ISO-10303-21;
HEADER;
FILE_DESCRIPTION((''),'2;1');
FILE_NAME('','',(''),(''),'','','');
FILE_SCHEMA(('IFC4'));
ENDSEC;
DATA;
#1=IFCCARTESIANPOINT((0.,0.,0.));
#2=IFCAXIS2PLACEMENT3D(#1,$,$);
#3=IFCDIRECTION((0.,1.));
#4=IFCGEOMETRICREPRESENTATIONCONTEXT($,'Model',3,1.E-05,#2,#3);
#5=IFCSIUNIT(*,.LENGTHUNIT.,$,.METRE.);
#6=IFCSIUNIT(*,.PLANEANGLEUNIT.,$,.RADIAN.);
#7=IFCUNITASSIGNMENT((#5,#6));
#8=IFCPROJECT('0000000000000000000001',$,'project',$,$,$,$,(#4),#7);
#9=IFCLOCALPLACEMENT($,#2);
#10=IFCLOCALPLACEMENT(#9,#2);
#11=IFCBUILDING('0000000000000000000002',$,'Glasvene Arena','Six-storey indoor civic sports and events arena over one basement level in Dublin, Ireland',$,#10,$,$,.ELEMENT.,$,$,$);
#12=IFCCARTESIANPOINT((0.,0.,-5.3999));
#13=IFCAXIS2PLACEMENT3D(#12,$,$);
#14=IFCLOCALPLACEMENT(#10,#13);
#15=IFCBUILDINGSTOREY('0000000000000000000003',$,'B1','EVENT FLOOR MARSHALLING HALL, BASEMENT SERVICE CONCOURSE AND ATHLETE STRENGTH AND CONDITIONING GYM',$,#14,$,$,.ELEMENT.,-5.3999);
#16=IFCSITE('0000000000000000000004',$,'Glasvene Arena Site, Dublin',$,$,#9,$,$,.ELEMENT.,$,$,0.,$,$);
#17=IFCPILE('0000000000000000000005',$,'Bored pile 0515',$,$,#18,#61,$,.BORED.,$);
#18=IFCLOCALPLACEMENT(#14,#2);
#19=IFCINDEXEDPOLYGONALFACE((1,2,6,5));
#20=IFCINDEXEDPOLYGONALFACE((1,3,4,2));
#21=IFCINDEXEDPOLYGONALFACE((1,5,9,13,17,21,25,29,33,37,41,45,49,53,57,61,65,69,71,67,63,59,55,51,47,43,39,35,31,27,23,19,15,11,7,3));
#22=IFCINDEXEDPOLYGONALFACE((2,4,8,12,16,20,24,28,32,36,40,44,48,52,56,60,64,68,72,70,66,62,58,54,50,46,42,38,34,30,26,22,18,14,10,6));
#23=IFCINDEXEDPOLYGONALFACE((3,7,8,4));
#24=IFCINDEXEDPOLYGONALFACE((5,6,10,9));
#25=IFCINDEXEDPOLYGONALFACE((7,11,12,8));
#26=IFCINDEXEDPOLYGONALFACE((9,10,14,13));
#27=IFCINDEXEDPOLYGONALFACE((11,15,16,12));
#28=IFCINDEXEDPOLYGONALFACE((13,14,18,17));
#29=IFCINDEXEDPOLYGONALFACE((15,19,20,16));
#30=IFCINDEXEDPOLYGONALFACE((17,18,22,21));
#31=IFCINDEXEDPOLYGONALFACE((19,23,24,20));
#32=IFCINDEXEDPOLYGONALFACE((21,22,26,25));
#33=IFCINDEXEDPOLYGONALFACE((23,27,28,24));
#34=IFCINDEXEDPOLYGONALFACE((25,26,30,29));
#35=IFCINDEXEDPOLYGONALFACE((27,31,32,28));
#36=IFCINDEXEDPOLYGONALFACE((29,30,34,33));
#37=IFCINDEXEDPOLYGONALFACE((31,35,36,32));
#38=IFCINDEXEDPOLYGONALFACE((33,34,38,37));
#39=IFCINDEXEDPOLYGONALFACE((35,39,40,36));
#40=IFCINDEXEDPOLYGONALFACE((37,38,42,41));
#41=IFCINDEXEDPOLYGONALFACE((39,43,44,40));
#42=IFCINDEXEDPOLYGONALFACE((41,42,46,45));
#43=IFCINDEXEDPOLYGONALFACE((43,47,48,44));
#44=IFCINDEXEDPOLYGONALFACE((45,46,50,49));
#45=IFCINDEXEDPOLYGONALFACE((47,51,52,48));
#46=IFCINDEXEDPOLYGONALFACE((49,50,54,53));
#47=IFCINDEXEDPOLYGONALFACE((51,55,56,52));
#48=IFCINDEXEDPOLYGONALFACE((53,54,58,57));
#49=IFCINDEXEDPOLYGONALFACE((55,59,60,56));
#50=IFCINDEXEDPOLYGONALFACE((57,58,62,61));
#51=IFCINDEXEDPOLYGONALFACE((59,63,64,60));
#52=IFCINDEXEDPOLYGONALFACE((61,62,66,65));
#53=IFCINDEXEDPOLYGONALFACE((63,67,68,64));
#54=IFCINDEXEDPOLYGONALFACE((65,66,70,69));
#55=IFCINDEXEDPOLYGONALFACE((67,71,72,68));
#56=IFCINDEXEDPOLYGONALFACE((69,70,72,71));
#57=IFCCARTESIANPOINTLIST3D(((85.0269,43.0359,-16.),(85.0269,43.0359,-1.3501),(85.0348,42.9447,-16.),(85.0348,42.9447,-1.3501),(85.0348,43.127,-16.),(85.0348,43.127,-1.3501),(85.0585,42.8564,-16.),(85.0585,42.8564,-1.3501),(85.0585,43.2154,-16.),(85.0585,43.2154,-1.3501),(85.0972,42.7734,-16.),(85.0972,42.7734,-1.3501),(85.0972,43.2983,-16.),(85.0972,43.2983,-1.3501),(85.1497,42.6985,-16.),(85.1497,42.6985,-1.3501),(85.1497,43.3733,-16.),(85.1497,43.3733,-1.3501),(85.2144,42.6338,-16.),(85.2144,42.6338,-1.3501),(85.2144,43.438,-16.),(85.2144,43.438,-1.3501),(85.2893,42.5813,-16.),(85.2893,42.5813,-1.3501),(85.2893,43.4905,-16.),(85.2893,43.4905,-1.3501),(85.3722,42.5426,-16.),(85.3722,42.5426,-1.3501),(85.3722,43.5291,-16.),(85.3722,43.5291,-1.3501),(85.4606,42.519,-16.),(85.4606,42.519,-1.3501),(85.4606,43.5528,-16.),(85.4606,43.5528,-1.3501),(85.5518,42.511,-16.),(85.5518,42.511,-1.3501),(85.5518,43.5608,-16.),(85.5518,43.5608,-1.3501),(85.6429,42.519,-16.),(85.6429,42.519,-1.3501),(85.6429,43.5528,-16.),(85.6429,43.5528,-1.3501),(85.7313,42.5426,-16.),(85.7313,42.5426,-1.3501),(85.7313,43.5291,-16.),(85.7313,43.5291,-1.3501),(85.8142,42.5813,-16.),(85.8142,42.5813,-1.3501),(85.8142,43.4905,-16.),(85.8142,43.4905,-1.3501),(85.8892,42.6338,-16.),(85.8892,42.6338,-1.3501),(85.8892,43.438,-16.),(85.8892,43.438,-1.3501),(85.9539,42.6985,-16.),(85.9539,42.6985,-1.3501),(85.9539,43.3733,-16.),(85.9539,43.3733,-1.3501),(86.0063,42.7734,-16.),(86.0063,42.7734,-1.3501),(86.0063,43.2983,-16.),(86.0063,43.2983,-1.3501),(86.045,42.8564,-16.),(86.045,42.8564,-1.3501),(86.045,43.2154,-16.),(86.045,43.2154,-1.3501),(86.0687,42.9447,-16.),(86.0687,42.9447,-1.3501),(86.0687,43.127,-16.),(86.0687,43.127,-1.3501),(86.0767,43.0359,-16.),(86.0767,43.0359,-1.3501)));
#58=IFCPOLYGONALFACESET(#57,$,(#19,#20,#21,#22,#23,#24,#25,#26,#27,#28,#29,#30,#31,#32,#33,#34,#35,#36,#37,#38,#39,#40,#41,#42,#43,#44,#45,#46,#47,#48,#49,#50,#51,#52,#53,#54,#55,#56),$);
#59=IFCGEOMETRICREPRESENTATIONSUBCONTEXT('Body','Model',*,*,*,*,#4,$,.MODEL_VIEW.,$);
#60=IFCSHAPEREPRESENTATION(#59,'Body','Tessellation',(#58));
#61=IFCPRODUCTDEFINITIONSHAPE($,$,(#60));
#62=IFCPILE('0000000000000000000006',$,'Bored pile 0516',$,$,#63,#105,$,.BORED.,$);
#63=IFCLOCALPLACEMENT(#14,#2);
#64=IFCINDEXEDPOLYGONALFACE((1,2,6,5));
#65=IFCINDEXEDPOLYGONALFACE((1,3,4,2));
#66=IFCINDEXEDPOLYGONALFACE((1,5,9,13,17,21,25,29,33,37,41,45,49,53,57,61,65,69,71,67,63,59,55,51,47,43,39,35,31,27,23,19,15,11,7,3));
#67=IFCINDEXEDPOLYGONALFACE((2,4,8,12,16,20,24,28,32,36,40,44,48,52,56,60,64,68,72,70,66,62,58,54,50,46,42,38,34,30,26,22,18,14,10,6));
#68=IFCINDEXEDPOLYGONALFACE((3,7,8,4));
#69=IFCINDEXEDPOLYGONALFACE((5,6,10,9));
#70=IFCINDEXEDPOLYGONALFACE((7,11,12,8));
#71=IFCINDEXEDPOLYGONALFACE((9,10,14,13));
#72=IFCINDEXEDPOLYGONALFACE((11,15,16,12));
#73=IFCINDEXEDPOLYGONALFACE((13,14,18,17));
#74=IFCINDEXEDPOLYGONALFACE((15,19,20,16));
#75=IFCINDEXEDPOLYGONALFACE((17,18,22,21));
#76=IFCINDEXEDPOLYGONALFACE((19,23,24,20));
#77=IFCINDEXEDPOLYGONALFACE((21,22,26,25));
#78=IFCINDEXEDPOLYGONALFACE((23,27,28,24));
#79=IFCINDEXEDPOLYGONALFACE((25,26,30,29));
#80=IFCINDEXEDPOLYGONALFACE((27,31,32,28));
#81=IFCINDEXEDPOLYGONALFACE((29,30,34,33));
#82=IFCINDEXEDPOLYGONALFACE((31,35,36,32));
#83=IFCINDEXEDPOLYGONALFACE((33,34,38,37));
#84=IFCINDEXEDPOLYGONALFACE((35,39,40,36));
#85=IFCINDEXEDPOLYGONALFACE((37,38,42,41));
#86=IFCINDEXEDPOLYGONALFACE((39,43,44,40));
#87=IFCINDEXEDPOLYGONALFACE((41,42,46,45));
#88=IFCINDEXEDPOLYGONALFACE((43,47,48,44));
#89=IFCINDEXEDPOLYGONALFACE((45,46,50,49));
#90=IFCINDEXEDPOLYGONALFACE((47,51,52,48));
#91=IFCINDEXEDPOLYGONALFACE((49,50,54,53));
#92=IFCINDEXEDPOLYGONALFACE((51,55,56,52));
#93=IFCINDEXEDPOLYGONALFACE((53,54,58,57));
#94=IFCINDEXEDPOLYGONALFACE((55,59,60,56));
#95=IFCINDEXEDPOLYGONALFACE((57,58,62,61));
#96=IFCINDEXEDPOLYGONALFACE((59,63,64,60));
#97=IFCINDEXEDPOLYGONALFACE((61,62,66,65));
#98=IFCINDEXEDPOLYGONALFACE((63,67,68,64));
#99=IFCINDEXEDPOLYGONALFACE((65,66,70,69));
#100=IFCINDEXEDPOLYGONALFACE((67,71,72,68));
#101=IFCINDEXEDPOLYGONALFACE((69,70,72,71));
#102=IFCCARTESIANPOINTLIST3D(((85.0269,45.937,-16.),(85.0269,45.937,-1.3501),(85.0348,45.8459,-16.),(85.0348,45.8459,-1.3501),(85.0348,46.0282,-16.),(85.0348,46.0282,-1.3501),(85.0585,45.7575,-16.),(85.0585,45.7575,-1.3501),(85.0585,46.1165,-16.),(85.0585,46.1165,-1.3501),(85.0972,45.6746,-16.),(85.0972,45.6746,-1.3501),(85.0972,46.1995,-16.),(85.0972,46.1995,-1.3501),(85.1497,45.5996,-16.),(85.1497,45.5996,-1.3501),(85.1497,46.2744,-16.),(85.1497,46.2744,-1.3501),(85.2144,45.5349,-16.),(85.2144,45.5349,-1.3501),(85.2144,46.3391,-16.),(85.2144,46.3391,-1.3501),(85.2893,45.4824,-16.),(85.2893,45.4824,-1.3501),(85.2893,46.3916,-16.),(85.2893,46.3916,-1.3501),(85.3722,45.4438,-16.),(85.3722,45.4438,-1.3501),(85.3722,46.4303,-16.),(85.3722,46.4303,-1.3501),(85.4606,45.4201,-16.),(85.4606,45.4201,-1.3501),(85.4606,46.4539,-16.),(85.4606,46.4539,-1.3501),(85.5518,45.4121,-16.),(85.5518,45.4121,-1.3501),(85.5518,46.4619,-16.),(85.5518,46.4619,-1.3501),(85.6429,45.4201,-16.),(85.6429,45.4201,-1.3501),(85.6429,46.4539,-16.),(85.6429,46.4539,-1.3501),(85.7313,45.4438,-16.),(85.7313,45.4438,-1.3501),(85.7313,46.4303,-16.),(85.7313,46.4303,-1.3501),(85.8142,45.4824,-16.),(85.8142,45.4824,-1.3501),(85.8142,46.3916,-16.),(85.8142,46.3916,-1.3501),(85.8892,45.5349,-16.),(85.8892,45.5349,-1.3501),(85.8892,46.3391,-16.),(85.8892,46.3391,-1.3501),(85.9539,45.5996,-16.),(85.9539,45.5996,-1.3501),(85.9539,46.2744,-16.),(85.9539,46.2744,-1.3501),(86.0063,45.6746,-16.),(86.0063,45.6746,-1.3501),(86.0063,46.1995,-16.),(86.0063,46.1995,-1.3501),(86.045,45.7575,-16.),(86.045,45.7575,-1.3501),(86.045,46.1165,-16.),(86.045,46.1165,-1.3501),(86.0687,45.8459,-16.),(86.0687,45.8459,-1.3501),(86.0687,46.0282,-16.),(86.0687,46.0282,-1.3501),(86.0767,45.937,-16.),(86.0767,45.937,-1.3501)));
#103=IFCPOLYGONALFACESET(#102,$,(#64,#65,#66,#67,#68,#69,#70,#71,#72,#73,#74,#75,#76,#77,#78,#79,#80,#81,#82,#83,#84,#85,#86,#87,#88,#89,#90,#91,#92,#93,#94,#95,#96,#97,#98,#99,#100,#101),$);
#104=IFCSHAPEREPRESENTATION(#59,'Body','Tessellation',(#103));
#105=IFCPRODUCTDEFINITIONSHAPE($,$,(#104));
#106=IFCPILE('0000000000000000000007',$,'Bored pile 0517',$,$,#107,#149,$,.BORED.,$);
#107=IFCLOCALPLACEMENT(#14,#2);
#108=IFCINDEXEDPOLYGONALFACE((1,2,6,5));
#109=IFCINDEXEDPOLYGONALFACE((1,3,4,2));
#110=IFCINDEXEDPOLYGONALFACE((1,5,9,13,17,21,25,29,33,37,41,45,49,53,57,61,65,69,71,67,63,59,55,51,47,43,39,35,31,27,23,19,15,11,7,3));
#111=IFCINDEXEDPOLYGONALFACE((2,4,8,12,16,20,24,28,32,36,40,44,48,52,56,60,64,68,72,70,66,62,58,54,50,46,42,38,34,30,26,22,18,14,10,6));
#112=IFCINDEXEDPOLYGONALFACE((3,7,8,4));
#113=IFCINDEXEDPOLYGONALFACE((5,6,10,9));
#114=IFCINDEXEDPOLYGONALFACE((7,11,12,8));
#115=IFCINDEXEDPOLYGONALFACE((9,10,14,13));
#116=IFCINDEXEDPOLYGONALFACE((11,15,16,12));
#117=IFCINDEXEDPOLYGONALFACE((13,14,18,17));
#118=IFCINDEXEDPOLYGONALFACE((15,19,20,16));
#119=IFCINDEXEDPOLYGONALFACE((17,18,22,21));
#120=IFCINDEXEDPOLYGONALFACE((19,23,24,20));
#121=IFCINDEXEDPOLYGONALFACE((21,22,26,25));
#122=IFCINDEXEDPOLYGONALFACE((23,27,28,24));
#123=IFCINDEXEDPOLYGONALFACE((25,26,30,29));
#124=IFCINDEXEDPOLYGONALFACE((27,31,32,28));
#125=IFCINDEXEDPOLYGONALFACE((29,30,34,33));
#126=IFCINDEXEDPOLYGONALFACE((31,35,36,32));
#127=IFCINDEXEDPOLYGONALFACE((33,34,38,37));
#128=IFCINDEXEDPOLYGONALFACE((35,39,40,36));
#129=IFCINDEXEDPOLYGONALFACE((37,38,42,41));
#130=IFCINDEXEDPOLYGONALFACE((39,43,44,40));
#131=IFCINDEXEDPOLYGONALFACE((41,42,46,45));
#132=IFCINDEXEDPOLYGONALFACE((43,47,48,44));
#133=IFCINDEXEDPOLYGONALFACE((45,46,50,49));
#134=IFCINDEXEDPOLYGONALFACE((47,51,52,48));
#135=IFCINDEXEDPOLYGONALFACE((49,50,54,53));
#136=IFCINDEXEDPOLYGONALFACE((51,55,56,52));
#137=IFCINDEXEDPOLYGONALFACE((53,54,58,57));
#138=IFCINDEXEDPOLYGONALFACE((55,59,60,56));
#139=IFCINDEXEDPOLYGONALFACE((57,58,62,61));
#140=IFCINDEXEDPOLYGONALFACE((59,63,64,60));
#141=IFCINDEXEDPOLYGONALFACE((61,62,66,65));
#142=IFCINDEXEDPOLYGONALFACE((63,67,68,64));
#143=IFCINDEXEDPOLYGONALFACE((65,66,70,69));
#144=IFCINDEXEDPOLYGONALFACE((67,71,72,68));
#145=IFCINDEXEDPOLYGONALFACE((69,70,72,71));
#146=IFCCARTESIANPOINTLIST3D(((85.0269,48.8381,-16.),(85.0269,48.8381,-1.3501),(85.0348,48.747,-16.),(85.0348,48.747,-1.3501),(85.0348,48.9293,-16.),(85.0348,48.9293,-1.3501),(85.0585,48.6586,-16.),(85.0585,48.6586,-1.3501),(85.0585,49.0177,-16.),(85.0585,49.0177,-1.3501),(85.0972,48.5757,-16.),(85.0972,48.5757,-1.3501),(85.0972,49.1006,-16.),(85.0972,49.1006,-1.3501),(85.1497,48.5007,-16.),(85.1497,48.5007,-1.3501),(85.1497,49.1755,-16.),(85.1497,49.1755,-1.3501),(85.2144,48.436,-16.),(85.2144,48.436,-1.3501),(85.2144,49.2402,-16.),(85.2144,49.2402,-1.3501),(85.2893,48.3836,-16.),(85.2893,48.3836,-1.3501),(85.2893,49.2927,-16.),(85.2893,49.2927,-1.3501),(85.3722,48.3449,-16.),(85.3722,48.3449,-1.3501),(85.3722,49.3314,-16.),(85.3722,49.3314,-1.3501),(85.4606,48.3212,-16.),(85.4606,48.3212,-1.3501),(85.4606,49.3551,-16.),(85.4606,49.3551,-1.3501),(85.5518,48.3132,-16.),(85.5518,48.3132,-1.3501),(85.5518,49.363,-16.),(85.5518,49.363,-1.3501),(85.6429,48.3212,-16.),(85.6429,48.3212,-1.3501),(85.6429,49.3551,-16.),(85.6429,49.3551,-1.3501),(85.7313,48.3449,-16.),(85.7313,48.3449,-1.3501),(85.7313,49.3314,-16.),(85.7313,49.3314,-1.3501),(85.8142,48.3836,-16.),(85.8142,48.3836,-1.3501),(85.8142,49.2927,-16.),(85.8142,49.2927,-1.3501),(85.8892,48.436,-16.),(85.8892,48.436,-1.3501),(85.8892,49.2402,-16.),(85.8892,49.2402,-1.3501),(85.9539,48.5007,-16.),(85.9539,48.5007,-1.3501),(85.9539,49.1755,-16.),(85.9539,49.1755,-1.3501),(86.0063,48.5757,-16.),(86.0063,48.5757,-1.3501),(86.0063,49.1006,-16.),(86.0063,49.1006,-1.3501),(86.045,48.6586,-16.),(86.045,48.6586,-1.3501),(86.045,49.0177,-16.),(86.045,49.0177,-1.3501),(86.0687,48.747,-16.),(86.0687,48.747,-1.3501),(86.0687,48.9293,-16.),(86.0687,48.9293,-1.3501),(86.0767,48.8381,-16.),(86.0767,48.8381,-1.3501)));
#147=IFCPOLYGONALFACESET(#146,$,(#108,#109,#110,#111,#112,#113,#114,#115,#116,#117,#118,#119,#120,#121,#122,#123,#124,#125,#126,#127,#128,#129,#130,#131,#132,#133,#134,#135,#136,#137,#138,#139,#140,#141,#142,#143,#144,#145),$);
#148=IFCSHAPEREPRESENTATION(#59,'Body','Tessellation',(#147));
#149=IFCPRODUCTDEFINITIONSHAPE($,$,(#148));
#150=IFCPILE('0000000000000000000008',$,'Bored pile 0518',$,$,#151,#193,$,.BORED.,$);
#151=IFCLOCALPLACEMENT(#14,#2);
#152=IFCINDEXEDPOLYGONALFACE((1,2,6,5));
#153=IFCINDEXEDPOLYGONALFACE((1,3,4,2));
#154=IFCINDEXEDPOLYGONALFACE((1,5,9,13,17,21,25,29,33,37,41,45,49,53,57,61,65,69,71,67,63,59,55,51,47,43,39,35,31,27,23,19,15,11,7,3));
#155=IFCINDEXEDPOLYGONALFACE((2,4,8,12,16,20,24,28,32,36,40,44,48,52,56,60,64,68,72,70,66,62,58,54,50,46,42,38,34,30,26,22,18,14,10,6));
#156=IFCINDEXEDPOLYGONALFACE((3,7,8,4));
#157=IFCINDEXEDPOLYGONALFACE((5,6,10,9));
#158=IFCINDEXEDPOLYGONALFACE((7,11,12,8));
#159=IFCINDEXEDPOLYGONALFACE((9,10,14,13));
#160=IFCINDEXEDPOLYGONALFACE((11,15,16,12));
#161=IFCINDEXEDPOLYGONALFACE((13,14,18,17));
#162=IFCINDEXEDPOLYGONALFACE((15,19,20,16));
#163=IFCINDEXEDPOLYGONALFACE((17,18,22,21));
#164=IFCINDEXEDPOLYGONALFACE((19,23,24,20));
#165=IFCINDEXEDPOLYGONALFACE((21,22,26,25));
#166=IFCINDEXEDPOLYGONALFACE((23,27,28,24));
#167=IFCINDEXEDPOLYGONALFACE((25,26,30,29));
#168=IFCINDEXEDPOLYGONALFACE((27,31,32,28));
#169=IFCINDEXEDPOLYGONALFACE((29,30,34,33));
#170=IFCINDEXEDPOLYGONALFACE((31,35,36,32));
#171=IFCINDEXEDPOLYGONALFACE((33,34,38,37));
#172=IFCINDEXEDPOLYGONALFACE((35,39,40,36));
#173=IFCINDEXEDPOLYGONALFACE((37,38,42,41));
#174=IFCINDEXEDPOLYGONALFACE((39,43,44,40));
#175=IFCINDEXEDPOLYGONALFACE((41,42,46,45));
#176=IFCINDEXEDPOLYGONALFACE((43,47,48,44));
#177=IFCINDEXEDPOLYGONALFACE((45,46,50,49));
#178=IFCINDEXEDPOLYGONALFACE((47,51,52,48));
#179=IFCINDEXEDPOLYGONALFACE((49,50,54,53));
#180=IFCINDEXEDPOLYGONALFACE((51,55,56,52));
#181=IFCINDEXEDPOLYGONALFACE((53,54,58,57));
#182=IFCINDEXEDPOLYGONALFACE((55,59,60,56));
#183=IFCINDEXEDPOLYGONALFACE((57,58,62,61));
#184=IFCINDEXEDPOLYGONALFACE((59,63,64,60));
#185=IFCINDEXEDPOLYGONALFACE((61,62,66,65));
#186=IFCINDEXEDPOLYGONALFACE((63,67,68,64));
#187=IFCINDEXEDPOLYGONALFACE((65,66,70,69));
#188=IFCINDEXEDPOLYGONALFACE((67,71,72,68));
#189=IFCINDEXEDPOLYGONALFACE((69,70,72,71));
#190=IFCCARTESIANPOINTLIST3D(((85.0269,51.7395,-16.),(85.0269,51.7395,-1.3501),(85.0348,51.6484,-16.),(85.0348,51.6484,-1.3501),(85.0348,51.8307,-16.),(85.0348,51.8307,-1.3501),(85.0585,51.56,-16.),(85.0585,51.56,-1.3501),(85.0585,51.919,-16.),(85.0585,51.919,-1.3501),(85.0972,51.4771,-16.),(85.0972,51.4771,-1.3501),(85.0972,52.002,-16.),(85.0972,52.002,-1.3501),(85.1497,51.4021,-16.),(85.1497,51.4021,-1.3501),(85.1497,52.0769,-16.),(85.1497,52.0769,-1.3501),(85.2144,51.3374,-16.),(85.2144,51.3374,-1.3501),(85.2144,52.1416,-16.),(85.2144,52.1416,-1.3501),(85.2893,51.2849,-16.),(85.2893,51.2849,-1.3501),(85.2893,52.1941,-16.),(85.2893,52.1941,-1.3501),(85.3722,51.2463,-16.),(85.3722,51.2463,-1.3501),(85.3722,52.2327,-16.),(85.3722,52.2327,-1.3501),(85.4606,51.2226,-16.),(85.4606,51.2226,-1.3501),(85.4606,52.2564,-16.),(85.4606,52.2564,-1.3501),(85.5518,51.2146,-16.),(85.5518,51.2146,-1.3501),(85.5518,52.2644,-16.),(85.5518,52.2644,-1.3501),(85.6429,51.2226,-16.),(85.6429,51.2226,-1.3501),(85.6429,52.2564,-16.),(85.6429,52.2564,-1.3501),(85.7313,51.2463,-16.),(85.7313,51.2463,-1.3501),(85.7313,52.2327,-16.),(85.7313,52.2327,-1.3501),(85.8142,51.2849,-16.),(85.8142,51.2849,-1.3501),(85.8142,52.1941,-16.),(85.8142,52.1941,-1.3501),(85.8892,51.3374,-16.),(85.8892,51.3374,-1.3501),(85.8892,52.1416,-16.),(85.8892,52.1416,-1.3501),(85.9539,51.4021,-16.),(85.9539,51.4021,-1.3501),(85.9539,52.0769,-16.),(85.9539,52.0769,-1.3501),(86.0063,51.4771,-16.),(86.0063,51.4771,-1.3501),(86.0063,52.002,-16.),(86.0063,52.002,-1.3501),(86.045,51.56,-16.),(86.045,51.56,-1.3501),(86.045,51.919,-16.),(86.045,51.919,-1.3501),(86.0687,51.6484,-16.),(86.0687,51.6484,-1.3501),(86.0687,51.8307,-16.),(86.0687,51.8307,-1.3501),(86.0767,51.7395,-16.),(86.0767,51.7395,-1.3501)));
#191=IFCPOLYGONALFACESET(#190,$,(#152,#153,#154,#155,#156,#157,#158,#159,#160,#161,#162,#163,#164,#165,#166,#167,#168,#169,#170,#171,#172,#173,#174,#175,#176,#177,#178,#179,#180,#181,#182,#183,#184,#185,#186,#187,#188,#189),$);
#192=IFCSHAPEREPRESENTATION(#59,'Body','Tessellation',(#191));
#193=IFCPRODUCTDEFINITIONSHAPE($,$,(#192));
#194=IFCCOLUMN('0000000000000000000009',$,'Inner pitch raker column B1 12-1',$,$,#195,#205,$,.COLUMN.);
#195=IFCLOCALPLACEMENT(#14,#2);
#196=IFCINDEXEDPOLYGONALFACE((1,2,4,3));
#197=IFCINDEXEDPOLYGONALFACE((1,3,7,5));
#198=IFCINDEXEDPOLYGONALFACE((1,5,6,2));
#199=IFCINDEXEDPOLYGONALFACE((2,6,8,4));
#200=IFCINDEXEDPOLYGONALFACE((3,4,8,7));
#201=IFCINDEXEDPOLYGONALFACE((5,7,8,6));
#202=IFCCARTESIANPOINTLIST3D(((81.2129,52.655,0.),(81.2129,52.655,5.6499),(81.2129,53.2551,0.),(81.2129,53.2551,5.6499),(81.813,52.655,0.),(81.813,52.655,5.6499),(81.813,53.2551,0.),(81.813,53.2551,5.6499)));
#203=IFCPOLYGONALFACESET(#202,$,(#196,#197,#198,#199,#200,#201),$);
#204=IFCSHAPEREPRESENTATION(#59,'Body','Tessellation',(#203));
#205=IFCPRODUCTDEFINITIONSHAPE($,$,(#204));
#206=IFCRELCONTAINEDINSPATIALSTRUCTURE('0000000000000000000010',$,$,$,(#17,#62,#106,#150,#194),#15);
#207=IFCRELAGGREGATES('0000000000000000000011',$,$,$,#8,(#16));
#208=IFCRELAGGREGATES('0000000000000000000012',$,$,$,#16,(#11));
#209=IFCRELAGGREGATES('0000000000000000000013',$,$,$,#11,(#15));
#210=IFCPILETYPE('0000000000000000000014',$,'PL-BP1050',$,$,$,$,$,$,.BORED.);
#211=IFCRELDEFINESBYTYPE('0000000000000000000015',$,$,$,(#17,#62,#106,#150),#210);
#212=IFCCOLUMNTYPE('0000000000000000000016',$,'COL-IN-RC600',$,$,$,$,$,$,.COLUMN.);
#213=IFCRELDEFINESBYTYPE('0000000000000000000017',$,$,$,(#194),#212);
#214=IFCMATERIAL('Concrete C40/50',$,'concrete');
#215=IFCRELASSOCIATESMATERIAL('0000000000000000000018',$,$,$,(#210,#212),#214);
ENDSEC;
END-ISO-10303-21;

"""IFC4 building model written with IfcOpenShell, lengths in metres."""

from ifc_helpers import new_model, si_unit, direction, frame, origin, origin_2d, place, context, subcontext, project, spatial, rectangle, circle, extrude, material, material_profile, profile_set, type_object, element, save


model = new_model("IFC4")

# Units and contexts
model_context = context("Model", 3, precision=1e-05, world=origin(), true_north=direction((0.0, 1.0)))
body_context = subcontext(model_context, "Body", "Model", "MODEL_VIEW")
ifc_project = project(units=[si_unit("LENGTHUNIT", "METRE"), si_unit("PLANEANGLEUNIT", "RADIAN")], contexts=[model_context])

# Site, building, storey
site_placement = place(None, origin())
site = spatial("IfcSite", under=ifc_project, at=site_placement, Name="Glasvene Arena Site, Dublin", CompositionType="ELEMENT", RefElevation=0.0)
building_placement = place(site_placement, origin())
building = spatial("IfcBuilding", under=site, at=building_placement, Name="Glasvene Arena", Description="Six-storey indoor civic sports and events arena over one basement level in Dublin, Ireland", CompositionType="ELEMENT")
storey_placement = place(building_placement, frame((0.0, 0.0, -5.3999)))
storey = spatial("IfcBuildingStorey", under=building, at=storey_placement, Name="B1", Description="EVENT FLOOR MARSHALLING HALL, BASEMENT SERVICE CONCOURSE AND ATHLETE STRENGTH AND CONDITIONING GYM", CompositionType="ELEMENT", Elevation=-5.3999)

# Piles
ifc_material_1 = material(Name="Concrete C40/50", Category="concrete")
ifc_material_profile_1 = material_profile(ifc_material_1, circle(Radius=0.5249, at=origin_2d()), Name="BORED PILE 1050")
ifc_profile_set_1 = profile_set([ifc_material_profile_1], Name="Concrete C40/50")
pile_type = type_object("IfcPileType", Name="PL-BP1050", PredefinedType="BORED", material=ifc_profile_set_1)
for number, where, z_axis, x_axis, name in (
    (1, (85.5518, 43.0359, -1.3501), (0.0, 0.0, -1.0), (1.0, 0.0, 0.0), "Bored pile 0515"),
    (2, (85.5518, 45.937, -1.3501), (0.0, 0.0, -1.0), (1.0, 0.0, 0.0), "Bored pile 0516"),
    (3, (85.5518, 48.8381, -1.3501), (0.0, 0.0, -1.0), (1.0, 0.0, 0.0), "Bored pile 0517"),
    (4, (85.5518, 51.7395, -1.3501), (0.0, 0.0, -1.0), (1.0, 0.0, 0.0), "Bored pile 0518"),
):
    element("IfcPile", number, at=place(storey_placement, frame(where, z_axis=z_axis, x_axis=x_axis)), inside=storey, type_object=pile_type, Name=name, PredefinedType="BORED", context=body_context, shape_type="SweptSolid", body=[
        extrude(circle(Radius=0.5249, at=origin_2d()), origin(), (0.0, 0.0, 1.0), 14.6499),
    ])

# Column
ifc_material_profile_2 = material_profile(ifc_material_1, rectangle(XDim=0.6001, YDim=0.6001, at=origin_2d()), Name="RC 600x600")
ifc_profile_set_2 = profile_set([ifc_material_profile_2], Name="Concrete C40/50")
column_type_1 = type_object("IfcColumnType", Name="COL-IN-RC600", PredefinedType="COLUMN", material=ifc_profile_set_2)
column_placement = place(storey_placement, frame((81.5129, 52.9551, 0.0), z_axis=(0.0, 0.0, 1.0), x_axis=(1.0, 0.0, 0.0)))
element("IfcColumn", 5, at=column_placement, inside=storey, type_object=column_type_1, Name="Inner pitch raker column B1 12-1", PredefinedType="COLUMN", context=body_context, shape_type="SweptSolid", body=[
    extrude(rectangle(XDim=0.6001, YDim=0.6001, at=origin_2d()), origin(), (0.0, 0.0, 1.0), 5.6499),
])

save(model, "model.ifc")
